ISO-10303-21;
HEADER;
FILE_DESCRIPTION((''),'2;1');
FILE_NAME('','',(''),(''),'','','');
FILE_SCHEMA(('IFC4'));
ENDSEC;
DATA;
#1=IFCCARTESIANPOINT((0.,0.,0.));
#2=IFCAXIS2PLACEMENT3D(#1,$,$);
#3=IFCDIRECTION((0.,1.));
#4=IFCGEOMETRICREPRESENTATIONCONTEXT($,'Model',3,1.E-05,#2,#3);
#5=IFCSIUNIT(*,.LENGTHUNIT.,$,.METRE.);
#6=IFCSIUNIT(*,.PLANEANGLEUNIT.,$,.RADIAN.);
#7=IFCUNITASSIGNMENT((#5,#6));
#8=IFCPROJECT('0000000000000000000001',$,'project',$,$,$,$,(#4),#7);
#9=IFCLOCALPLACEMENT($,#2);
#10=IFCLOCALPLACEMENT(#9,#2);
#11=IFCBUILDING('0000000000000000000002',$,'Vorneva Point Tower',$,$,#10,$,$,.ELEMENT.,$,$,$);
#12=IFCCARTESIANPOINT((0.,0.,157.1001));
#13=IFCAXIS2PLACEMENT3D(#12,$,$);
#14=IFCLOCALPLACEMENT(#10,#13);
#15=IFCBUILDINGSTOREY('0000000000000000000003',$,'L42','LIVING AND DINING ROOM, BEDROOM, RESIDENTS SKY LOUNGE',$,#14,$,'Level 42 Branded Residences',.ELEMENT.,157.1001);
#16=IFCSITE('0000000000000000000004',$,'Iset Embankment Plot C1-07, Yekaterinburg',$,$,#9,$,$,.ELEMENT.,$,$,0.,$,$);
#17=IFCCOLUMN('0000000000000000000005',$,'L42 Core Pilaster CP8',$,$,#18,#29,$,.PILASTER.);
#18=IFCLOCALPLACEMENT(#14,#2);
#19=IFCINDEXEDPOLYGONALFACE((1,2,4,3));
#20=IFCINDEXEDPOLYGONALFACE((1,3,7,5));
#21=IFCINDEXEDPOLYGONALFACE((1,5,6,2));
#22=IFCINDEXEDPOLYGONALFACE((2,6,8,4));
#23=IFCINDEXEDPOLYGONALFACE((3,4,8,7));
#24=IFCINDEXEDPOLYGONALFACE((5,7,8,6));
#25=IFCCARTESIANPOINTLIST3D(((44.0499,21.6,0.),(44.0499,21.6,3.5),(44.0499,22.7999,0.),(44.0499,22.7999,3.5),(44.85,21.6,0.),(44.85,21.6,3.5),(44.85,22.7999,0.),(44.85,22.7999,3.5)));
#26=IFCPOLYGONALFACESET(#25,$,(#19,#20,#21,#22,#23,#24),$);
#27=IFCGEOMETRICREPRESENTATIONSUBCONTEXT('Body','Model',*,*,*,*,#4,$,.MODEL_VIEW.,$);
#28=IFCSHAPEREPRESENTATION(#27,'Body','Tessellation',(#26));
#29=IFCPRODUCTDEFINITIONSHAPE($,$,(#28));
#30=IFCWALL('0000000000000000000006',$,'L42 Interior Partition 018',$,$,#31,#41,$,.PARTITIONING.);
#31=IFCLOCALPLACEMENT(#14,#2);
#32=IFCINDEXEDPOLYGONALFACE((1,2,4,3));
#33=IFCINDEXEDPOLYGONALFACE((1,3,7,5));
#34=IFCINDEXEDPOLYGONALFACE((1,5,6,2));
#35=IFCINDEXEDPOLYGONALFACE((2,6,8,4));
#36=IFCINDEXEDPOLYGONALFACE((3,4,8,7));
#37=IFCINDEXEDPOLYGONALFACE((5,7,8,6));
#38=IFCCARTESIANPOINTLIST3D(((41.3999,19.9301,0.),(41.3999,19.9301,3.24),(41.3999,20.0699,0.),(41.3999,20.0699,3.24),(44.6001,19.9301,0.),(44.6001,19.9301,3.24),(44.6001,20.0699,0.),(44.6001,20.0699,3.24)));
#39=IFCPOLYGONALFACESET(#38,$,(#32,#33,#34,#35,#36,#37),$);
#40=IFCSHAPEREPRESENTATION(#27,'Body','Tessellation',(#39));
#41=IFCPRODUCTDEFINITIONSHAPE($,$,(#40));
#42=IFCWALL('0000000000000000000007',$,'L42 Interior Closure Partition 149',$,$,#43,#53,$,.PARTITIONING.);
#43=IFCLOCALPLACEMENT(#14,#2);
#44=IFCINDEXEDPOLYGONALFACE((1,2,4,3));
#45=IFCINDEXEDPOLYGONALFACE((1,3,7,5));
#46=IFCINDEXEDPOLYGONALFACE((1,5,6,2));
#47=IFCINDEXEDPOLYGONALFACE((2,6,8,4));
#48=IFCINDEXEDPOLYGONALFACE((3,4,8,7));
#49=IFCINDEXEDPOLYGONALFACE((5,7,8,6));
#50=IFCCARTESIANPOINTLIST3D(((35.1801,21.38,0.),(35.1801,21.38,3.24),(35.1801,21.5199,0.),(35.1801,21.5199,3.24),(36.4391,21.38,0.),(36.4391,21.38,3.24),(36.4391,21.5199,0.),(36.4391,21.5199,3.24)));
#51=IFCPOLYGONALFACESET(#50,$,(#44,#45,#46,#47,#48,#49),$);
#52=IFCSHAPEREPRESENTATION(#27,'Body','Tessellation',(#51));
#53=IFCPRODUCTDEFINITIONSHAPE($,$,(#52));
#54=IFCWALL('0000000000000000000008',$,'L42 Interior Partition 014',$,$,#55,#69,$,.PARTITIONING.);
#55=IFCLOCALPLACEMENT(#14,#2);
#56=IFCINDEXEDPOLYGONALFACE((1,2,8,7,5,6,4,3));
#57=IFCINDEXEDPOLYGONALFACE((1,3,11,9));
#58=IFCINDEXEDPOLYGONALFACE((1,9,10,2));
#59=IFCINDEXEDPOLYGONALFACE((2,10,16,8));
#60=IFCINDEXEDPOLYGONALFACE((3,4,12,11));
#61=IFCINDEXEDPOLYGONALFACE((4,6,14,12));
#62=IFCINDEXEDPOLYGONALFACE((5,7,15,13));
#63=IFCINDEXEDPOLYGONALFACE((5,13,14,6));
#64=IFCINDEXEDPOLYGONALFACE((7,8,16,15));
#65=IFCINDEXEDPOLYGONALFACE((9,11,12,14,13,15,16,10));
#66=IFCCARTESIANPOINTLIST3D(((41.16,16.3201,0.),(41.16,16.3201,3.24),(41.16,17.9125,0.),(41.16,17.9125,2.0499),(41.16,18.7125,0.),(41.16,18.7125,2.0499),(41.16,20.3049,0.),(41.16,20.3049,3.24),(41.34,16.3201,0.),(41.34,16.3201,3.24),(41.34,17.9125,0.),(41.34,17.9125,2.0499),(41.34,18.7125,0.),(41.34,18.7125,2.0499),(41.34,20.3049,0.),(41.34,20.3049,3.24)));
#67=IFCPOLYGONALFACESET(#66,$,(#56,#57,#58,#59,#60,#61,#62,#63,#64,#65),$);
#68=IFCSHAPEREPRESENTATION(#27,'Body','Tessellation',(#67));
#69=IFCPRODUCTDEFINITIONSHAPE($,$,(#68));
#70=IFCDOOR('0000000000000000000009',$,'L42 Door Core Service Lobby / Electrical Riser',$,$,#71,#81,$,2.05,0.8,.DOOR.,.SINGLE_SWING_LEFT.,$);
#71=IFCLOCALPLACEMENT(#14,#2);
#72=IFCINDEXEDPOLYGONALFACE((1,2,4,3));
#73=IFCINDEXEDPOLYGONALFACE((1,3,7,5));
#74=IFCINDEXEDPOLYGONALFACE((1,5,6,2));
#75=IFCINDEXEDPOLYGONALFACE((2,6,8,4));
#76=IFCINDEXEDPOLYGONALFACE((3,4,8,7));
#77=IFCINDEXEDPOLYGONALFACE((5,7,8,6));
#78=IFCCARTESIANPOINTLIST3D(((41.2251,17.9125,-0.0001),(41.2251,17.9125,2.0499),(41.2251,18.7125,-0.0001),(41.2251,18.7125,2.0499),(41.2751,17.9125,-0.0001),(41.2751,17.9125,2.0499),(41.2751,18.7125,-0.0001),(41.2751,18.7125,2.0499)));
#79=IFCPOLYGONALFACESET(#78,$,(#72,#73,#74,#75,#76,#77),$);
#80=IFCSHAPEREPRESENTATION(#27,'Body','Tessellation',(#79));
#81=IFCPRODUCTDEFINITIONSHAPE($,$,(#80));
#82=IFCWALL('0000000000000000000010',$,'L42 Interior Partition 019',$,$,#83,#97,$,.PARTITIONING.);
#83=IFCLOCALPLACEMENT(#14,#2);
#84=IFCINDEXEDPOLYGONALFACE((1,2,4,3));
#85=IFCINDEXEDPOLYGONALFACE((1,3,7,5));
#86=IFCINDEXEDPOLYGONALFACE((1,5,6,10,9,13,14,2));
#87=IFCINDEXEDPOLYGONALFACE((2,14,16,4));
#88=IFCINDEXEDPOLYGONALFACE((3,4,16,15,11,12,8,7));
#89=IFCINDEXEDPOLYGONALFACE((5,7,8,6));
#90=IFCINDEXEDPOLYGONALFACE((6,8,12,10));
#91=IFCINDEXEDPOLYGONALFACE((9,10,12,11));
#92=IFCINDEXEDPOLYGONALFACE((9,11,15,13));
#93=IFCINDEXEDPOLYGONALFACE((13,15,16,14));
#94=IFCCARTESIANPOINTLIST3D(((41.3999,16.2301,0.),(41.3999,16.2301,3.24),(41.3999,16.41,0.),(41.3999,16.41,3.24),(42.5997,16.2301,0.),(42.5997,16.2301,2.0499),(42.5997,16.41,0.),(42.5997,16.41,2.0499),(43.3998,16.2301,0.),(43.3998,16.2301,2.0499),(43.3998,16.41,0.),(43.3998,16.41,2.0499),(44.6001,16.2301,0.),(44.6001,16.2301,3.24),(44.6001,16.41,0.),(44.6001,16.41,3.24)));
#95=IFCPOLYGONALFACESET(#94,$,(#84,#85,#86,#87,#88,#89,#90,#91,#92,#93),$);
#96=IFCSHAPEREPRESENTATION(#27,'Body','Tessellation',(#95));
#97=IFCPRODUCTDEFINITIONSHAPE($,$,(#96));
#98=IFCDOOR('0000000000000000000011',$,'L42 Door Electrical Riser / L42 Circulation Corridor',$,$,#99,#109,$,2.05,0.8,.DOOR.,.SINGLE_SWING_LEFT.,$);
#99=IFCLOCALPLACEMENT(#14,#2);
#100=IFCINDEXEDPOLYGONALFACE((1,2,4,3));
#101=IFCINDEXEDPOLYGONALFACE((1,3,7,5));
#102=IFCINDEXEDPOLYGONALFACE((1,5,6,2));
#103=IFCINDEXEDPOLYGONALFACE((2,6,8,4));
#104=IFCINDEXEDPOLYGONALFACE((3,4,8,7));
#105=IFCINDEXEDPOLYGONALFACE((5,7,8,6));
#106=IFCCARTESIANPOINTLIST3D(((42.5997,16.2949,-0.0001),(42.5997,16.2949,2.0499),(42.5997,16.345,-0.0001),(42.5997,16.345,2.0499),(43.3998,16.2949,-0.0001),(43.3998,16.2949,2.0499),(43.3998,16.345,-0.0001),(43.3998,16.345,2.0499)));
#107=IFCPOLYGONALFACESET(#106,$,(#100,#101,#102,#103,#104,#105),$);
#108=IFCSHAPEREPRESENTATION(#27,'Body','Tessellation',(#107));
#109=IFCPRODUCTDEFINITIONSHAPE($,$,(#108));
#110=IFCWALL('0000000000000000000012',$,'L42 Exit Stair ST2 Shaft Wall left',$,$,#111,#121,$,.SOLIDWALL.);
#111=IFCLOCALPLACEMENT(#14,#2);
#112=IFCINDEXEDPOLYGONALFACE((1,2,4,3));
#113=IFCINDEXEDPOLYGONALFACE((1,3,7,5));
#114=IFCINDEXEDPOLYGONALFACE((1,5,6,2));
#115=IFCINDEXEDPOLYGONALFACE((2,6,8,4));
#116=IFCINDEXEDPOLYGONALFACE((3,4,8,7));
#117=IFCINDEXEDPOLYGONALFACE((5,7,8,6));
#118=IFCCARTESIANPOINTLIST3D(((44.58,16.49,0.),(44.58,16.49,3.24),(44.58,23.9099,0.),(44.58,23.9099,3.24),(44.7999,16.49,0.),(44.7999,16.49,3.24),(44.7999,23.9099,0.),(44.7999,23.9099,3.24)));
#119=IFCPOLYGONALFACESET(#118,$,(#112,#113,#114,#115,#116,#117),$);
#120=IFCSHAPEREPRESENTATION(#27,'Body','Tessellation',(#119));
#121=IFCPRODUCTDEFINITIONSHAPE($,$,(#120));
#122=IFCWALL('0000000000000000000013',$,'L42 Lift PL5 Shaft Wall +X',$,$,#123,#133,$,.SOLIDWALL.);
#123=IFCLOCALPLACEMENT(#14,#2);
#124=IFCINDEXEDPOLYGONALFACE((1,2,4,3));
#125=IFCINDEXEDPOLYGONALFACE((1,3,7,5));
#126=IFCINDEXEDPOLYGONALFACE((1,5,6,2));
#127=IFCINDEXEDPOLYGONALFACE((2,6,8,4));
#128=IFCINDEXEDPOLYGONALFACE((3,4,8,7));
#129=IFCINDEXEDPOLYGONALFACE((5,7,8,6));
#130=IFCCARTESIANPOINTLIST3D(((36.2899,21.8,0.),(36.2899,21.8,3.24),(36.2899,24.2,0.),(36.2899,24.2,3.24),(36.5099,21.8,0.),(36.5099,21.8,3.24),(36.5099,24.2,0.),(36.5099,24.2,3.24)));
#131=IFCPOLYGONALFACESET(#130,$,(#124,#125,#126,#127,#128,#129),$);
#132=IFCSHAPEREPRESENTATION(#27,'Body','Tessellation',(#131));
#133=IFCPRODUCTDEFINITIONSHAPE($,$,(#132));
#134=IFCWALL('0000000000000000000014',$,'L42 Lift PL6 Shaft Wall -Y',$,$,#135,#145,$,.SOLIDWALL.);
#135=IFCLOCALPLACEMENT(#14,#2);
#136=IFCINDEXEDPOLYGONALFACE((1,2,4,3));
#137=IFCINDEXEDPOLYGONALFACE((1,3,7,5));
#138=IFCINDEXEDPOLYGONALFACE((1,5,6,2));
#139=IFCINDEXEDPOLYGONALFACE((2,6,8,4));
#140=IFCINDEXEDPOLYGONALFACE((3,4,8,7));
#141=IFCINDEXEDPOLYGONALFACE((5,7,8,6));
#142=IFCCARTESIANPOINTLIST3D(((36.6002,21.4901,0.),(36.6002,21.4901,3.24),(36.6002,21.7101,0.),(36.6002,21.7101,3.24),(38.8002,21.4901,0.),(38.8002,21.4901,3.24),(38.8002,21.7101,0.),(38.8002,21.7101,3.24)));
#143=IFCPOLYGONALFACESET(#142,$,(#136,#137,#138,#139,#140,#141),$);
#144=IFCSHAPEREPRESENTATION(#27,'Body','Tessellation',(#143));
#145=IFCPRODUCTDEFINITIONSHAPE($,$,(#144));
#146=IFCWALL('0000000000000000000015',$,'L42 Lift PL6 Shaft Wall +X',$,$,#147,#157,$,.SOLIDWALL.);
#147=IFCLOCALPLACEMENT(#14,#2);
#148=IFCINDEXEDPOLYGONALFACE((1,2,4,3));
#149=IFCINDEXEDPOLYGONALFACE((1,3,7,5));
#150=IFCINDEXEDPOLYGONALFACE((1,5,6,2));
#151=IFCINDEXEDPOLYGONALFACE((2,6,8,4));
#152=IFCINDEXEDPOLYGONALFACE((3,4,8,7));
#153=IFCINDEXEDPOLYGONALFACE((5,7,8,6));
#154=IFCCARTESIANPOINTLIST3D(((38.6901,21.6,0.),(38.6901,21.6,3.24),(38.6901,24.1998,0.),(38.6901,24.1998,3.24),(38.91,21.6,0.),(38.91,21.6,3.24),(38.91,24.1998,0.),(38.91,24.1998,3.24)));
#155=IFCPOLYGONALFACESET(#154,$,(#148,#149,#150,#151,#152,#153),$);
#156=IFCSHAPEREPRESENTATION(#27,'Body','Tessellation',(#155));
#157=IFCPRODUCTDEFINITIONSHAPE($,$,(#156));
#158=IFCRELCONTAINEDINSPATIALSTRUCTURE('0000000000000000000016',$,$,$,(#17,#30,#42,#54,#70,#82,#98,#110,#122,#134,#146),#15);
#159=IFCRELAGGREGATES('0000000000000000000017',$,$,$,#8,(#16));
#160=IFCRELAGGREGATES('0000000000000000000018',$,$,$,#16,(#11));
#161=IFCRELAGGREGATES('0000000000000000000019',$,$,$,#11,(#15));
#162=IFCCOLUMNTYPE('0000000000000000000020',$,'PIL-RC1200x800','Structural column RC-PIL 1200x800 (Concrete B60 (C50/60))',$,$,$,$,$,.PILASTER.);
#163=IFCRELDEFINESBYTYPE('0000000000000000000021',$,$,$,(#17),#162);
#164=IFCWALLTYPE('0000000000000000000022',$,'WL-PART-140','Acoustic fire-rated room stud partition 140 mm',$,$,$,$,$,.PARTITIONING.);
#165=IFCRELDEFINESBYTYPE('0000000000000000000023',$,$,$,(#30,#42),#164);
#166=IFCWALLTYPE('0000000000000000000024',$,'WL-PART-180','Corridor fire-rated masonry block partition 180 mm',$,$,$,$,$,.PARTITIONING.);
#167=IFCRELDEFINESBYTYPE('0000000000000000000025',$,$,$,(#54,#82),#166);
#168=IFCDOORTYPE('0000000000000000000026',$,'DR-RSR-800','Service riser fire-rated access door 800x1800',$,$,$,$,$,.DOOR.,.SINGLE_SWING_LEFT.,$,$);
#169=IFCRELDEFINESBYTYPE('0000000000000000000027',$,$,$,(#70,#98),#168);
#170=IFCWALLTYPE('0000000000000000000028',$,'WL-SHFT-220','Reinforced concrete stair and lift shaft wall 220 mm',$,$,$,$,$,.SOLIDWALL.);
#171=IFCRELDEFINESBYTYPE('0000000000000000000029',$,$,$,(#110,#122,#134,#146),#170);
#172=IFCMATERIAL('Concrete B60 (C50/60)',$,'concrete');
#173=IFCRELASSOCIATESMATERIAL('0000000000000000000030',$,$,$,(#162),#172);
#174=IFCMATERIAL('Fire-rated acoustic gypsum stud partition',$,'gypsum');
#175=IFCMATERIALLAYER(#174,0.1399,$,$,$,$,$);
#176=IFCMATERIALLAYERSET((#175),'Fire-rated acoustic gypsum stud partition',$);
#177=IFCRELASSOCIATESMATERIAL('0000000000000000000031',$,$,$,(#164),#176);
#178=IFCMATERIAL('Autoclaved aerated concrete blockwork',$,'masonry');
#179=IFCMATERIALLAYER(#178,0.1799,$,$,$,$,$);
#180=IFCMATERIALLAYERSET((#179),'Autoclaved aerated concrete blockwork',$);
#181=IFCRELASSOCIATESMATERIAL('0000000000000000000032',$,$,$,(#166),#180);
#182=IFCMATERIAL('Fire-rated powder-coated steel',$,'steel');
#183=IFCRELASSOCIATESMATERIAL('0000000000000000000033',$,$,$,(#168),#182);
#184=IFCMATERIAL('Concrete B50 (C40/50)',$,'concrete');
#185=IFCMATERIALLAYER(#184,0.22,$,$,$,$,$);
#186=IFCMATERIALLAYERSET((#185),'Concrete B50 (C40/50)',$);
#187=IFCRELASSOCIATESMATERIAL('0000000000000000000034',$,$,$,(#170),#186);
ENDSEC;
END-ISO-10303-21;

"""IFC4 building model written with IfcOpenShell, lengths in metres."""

from ifc_helpers import new_model, si_unit, direction, frame, frame_2d, origin, origin_2d, place, context, subcontext, project, spatial, rectangle, extrude, material, layer, layer_set, material_profile, profile_set, type_object, element, fill, save


model = new_model("IFC4")

# Units and contexts
model_context = context("Model", 3, precision=1e-05, world=origin(), true_north=direction((0.0, 1.0)))
body_context = subcontext(model_context, "Body", "Model", "MODEL_VIEW")
ifc_project = project(units=[si_unit("LENGTHUNIT", "METRE"), si_unit("PLANEANGLEUNIT", "RADIAN")], contexts=[model_context])

# Site, building, storey
site_placement = place(None, origin())
site = spatial("IfcSite", under=ifc_project, at=site_placement, Name="Iset Embankment Plot C1-07, Yekaterinburg", CompositionType="ELEMENT", RefElevation=0.0)
building_placement = place(site_placement, origin())
building = spatial("IfcBuilding", under=site, at=building_placement, Name="Vorneva Point Tower", CompositionType="ELEMENT")
storey_placement = place(building_placement, frame((0.0, 0.0, 157.1001)))
storey = spatial("IfcBuildingStorey", under=building, at=storey_placement, Name="L42", Description="LIVING AND DINING ROOM, BEDROOM, RESIDENTS SKY LOUNGE", LongName="Level 42 Branded Residences", CompositionType="ELEMENT", Elevation=157.1001)

# Column
ifc_material_1 = material(Name="Concrete B60 (C50/60)", Category="concrete")
ifc_material_profile = material_profile(ifc_material_1, rectangle(XDim=0.8, YDim=1.2, at=origin_2d()), Name="RC-PIL 1200x800")
ifc_profile_set = profile_set([ifc_material_profile], Name="Concrete B60 (C50/60)")
column_type = type_object("IfcColumnType", Name="PIL-RC1200x800", Description="Structural column RC-PIL 1200x800 (Concrete B60 (C50/60))", PredefinedType="PILASTER", material=ifc_profile_set)
column_placement = place(storey_placement, frame((44.45, 22.2, 0.0), z_axis=(0.0, 0.0, 1.0), x_axis=(1.0, 0.0, 0.0)))
element("IfcColumn", 1, at=column_placement, inside=storey, type_object=column_type, Name="L42 Core Pilaster CP8", PredefinedType="PILASTER", context=body_context, shape_type="SweptSolid", body=[
    extrude(rectangle(XDim=0.8, YDim=1.2, at=origin_2d()), origin(), (0.0, 0.0, 1.0), 3.5),
])

# Walls
ifc_material_2 = material(Name="Fire-rated acoustic gypsum stud partition", Category="gypsum")
ifc_layer_1 = layer(ifc_material_2, 0.1399)
ifc_layer_set_1 = layer_set([ifc_layer_1], Name="Fire-rated acoustic gypsum stud partition")
wall_type_1 = type_object("IfcWallType", Name="WL-PART-140", Description="Acoustic fire-rated room stud partition 140 mm", PredefinedType="PARTITIONING", material=ifc_layer_set_1)
wall_1_placement = place(storey_placement, frame((44.6001, 20.0, 0.0), z_axis=(0.0, 0.0, 1.0), x_axis=(-1.0, 0.0, 0.0)))
element("IfcWall", 2, at=wall_1_placement, inside=storey, type_object=wall_type_1, Name="L42 Interior Partition 018", PredefinedType="PARTITIONING", context=body_context, shape_type="SweptSolid", body=[
    extrude(rectangle(XDim=3.2002, YDim=0.1399, at=frame_2d((1.6001, 0.0))), origin(), (0.0, 0.0, 1.0), 3.24),
])
wall_2_placement = place(storey_placement, frame((36.439, 21.45, 0.0), z_axis=(0.0, 0.0, 1.0), x_axis=(-1.0, 0.0, 0.0)))
element("IfcWall", 3, at=wall_2_placement, inside=storey, type_object=wall_type_1, Name="L42 Interior Closure Partition 149", PredefinedType="PARTITIONING", context=body_context, shape_type="SweptSolid", body=[
    extrude(rectangle(XDim=1.259, YDim=0.1399, at=frame_2d((0.6294, 0.0))), origin(), (0.0, 0.0, 1.0), 3.24),
])

# Walls, openings, doors
ifc_material_3 = material(Name="Autoclaved aerated concrete blockwork", Category="masonry")
ifc_layer_2 = layer(ifc_material_3, 0.1799)
ifc_layer_set_2 = layer_set([ifc_layer_2], Name="Autoclaved aerated concrete blockwork")
wall_type_2 = type_object("IfcWallType", Name="WL-PART-180", Description="Corridor fire-rated masonry block partition 180 mm", PredefinedType="PARTITIONING", material=ifc_layer_set_2)
wall_3_placement = place(storey_placement, frame((41.25, 16.3201, 0.0), z_axis=(0.0, 0.0, 1.0), x_axis=(0.0, 1.0, 0.0)))
wall_3 = element("IfcWall", 4, at=wall_3_placement, inside=storey, type_object=wall_type_2, Name="L42 Interior Partition 014", PredefinedType="PARTITIONING", context=body_context, shape_type="SweptSolid", body=[
    extrude(rectangle(XDim=3.9849, YDim=0.1799, at=frame_2d((1.9924, 0.0))), origin(), (0.0, 0.0, 1.0), 3.24),
])
opening_1_placement = place(wall_3_placement, frame((1.5925, 0.0, 0.0)))
opening_1 = element("IfcOpeningElement", 5, at=opening_1_placement, cuts=wall_3, PredefinedType="OPENING", context=body_context, shape_type="SweptSolid", body=[
    extrude(rectangle(XDim=0.8, YDim=2.05, at=frame_2d((0.3999, 1.0249))), frame((0.0, 0.105, 0.0), z_axis=(0.0, -1.0, 0.0), x_axis=(1.0, 0.0, 0.0)), (0.0, 0.0, 1.0), 0.2097),
])
ifc_material_4 = material(Name="Fire-rated powder-coated steel", Category="steel")
door_type_1 = type_object("IfcDoorType", Name="DR-RSR-800", Description="Service riser fire-rated access door 800x1800", OperationType="SINGLE_SWING_LEFT", PredefinedType="DOOR", material=ifc_material_4)
door_1_placement = place(opening_1_placement, origin())
door_1 = element("IfcDoor", 6, at=door_1_placement, inside=storey, type_object=door_type_1, Name="L42 Door Core Service Lobby / Electrical Riser", OperationType="SINGLE_SWING_LEFT", OverallHeight=2.05, OverallWidth=0.8, PredefinedType="DOOR", context=body_context, shape_type="SweptSolid", body=[
    extrude(rectangle(XDim=0.8, YDim=2.05, at=frame_2d((0.3999, 1.0249))), frame((0.0, 0.0249, 0.0), z_axis=(0.0, -1.0, 0.0), x_axis=(1.0, 0.0, 0.0)), (0.0, 0.0, 1.0), 0.05),
])
fill(opening_1, door_1)
wall_4_placement = place(storey_placement, frame((41.3999, 16.3201, 0.0), z_axis=(0.0, 0.0, 1.0), x_axis=(1.0, 0.0, 0.0)))
wall_4 = element("IfcWall", 7, at=wall_4_placement, inside=storey, type_object=wall_type_2, Name="L42 Interior Partition 019", PredefinedType="PARTITIONING", context=body_context, shape_type="SweptSolid", body=[
    extrude(rectangle(XDim=3.2002, YDim=0.1799, at=frame_2d((1.6001, 0.0))), origin(), (0.0, 0.0, 1.0), 3.24),
])
opening_2_placement = place(wall_4_placement, frame((1.2, 0.0, 0.0)))
opening_2 = element("IfcOpeningElement", 8, at=opening_2_placement, cuts=wall_4, PredefinedType="OPENING", context=body_context, shape_type="SweptSolid", body=[
    extrude(rectangle(XDim=0.8, YDim=2.05, at=frame_2d((0.3999, 1.0249))), frame((0.0, 0.105, 0.0), z_axis=(0.0, -1.0, 0.0), x_axis=(1.0, 0.0, 0.0)), (0.0, 0.0, 1.0), 0.2097),
])
door_2_placement = place(opening_2_placement, origin())
door_2 = element("IfcDoor", 9, at=door_2_placement, inside=storey, type_object=door_type_1, Name="L42 Door Electrical Riser / L42 Circulation Corridor", OperationType="SINGLE_SWING_LEFT", OverallHeight=2.05, OverallWidth=0.8, PredefinedType="DOOR", context=body_context, shape_type="SweptSolid", body=[
    extrude(rectangle(XDim=0.8, YDim=2.05, at=frame_2d((0.3999, 1.0249))), frame((0.0, 0.0249, 0.0), z_axis=(0.0, -1.0, 0.0), x_axis=(1.0, 0.0, 0.0)), (0.0, 0.0, 1.0), 0.05),
])
fill(opening_2, door_2)

# Walls
ifc_material_5 = material(Name="Concrete B50 (C40/50)", Category="concrete")
ifc_layer_3 = layer(ifc_material_5, 0.22)
ifc_layer_set_3 = layer_set([ifc_layer_3], Name="Concrete B50 (C40/50)")
wall_type_3 = type_object("IfcWallType", Name="WL-SHFT-220", Description="Reinforced concrete stair and lift shaft wall 220 mm", PredefinedType="SOLIDWALL", material=ifc_layer_set_3)
wall_5_placement = place(storey_placement, frame((44.6899, 16.49, 0.0), z_axis=(0.0, 0.0, 1.0), x_axis=(0.0, 1.0, 0.0)))
element("IfcWall", 10, at=wall_5_placement, inside=storey, type_object=wall_type_3, Name="L42 Exit Stair ST2 Shaft Wall left", PredefinedType="SOLIDWALL", context=body_context, shape_type="SweptSolid", body=[
    extrude(rectangle(XDim=7.4199, YDim=0.22, at=frame_2d((3.71, 0.0))), origin(), (0.0, 0.0, 1.0), 3.24),
])
wall_6_placement = place(storey_placement, frame((36.3999, 21.8, 0.0), z_axis=(0.0, 0.0, 1.0), x_axis=(0.0, 1.0, 0.0)))
element("IfcWall", 11, at=wall_6_placement, inside=storey, type_object=wall_type_3, Name="L42 Lift PL5 Shaft Wall +X", PredefinedType="SOLIDWALL", context=body_context, shape_type="SweptSolid", body=[
    extrude(rectangle(XDim=2.3999, YDim=0.22, at=frame_2d((1.2, 0.0))), origin(), (0.0, 0.0, 1.0), 3.24),
])
wall_7_placement = place(storey_placement, frame((36.6001, 21.6001, 0.0), z_axis=(0.0, 0.0, 1.0), x_axis=(1.0, 0.0, 0.0)))
element("IfcWall", 12, at=wall_7_placement, inside=storey, type_object=wall_type_3, Name="L42 Lift PL6 Shaft Wall -Y", PredefinedType="SOLIDWALL", context=body_context, shape_type="SweptSolid", body=[
    extrude(rectangle(XDim=2.2, YDim=0.22, at=frame_2d((1.1001, 0.0))), origin(), (0.0, 0.0, 1.0), 3.24),
])
wall_8_placement = place(storey_placement, frame((38.8, 21.6001, 0.0), z_axis=(0.0, 0.0, 1.0), x_axis=(0.0, 1.0, 0.0)))
element("IfcWall", 13, at=wall_8_placement, inside=storey, type_object=wall_type_3, Name="L42 Lift PL6 Shaft Wall +X", PredefinedType="SOLIDWALL", context=body_context, shape_type="SweptSolid", body=[
    extrude(rectangle(XDim=2.5999, YDim=0.22, at=frame_2d((1.2998, 0.0))), origin(), (0.0, 0.0, 1.0), 3.24),
])

save(model, "model.ifc")
